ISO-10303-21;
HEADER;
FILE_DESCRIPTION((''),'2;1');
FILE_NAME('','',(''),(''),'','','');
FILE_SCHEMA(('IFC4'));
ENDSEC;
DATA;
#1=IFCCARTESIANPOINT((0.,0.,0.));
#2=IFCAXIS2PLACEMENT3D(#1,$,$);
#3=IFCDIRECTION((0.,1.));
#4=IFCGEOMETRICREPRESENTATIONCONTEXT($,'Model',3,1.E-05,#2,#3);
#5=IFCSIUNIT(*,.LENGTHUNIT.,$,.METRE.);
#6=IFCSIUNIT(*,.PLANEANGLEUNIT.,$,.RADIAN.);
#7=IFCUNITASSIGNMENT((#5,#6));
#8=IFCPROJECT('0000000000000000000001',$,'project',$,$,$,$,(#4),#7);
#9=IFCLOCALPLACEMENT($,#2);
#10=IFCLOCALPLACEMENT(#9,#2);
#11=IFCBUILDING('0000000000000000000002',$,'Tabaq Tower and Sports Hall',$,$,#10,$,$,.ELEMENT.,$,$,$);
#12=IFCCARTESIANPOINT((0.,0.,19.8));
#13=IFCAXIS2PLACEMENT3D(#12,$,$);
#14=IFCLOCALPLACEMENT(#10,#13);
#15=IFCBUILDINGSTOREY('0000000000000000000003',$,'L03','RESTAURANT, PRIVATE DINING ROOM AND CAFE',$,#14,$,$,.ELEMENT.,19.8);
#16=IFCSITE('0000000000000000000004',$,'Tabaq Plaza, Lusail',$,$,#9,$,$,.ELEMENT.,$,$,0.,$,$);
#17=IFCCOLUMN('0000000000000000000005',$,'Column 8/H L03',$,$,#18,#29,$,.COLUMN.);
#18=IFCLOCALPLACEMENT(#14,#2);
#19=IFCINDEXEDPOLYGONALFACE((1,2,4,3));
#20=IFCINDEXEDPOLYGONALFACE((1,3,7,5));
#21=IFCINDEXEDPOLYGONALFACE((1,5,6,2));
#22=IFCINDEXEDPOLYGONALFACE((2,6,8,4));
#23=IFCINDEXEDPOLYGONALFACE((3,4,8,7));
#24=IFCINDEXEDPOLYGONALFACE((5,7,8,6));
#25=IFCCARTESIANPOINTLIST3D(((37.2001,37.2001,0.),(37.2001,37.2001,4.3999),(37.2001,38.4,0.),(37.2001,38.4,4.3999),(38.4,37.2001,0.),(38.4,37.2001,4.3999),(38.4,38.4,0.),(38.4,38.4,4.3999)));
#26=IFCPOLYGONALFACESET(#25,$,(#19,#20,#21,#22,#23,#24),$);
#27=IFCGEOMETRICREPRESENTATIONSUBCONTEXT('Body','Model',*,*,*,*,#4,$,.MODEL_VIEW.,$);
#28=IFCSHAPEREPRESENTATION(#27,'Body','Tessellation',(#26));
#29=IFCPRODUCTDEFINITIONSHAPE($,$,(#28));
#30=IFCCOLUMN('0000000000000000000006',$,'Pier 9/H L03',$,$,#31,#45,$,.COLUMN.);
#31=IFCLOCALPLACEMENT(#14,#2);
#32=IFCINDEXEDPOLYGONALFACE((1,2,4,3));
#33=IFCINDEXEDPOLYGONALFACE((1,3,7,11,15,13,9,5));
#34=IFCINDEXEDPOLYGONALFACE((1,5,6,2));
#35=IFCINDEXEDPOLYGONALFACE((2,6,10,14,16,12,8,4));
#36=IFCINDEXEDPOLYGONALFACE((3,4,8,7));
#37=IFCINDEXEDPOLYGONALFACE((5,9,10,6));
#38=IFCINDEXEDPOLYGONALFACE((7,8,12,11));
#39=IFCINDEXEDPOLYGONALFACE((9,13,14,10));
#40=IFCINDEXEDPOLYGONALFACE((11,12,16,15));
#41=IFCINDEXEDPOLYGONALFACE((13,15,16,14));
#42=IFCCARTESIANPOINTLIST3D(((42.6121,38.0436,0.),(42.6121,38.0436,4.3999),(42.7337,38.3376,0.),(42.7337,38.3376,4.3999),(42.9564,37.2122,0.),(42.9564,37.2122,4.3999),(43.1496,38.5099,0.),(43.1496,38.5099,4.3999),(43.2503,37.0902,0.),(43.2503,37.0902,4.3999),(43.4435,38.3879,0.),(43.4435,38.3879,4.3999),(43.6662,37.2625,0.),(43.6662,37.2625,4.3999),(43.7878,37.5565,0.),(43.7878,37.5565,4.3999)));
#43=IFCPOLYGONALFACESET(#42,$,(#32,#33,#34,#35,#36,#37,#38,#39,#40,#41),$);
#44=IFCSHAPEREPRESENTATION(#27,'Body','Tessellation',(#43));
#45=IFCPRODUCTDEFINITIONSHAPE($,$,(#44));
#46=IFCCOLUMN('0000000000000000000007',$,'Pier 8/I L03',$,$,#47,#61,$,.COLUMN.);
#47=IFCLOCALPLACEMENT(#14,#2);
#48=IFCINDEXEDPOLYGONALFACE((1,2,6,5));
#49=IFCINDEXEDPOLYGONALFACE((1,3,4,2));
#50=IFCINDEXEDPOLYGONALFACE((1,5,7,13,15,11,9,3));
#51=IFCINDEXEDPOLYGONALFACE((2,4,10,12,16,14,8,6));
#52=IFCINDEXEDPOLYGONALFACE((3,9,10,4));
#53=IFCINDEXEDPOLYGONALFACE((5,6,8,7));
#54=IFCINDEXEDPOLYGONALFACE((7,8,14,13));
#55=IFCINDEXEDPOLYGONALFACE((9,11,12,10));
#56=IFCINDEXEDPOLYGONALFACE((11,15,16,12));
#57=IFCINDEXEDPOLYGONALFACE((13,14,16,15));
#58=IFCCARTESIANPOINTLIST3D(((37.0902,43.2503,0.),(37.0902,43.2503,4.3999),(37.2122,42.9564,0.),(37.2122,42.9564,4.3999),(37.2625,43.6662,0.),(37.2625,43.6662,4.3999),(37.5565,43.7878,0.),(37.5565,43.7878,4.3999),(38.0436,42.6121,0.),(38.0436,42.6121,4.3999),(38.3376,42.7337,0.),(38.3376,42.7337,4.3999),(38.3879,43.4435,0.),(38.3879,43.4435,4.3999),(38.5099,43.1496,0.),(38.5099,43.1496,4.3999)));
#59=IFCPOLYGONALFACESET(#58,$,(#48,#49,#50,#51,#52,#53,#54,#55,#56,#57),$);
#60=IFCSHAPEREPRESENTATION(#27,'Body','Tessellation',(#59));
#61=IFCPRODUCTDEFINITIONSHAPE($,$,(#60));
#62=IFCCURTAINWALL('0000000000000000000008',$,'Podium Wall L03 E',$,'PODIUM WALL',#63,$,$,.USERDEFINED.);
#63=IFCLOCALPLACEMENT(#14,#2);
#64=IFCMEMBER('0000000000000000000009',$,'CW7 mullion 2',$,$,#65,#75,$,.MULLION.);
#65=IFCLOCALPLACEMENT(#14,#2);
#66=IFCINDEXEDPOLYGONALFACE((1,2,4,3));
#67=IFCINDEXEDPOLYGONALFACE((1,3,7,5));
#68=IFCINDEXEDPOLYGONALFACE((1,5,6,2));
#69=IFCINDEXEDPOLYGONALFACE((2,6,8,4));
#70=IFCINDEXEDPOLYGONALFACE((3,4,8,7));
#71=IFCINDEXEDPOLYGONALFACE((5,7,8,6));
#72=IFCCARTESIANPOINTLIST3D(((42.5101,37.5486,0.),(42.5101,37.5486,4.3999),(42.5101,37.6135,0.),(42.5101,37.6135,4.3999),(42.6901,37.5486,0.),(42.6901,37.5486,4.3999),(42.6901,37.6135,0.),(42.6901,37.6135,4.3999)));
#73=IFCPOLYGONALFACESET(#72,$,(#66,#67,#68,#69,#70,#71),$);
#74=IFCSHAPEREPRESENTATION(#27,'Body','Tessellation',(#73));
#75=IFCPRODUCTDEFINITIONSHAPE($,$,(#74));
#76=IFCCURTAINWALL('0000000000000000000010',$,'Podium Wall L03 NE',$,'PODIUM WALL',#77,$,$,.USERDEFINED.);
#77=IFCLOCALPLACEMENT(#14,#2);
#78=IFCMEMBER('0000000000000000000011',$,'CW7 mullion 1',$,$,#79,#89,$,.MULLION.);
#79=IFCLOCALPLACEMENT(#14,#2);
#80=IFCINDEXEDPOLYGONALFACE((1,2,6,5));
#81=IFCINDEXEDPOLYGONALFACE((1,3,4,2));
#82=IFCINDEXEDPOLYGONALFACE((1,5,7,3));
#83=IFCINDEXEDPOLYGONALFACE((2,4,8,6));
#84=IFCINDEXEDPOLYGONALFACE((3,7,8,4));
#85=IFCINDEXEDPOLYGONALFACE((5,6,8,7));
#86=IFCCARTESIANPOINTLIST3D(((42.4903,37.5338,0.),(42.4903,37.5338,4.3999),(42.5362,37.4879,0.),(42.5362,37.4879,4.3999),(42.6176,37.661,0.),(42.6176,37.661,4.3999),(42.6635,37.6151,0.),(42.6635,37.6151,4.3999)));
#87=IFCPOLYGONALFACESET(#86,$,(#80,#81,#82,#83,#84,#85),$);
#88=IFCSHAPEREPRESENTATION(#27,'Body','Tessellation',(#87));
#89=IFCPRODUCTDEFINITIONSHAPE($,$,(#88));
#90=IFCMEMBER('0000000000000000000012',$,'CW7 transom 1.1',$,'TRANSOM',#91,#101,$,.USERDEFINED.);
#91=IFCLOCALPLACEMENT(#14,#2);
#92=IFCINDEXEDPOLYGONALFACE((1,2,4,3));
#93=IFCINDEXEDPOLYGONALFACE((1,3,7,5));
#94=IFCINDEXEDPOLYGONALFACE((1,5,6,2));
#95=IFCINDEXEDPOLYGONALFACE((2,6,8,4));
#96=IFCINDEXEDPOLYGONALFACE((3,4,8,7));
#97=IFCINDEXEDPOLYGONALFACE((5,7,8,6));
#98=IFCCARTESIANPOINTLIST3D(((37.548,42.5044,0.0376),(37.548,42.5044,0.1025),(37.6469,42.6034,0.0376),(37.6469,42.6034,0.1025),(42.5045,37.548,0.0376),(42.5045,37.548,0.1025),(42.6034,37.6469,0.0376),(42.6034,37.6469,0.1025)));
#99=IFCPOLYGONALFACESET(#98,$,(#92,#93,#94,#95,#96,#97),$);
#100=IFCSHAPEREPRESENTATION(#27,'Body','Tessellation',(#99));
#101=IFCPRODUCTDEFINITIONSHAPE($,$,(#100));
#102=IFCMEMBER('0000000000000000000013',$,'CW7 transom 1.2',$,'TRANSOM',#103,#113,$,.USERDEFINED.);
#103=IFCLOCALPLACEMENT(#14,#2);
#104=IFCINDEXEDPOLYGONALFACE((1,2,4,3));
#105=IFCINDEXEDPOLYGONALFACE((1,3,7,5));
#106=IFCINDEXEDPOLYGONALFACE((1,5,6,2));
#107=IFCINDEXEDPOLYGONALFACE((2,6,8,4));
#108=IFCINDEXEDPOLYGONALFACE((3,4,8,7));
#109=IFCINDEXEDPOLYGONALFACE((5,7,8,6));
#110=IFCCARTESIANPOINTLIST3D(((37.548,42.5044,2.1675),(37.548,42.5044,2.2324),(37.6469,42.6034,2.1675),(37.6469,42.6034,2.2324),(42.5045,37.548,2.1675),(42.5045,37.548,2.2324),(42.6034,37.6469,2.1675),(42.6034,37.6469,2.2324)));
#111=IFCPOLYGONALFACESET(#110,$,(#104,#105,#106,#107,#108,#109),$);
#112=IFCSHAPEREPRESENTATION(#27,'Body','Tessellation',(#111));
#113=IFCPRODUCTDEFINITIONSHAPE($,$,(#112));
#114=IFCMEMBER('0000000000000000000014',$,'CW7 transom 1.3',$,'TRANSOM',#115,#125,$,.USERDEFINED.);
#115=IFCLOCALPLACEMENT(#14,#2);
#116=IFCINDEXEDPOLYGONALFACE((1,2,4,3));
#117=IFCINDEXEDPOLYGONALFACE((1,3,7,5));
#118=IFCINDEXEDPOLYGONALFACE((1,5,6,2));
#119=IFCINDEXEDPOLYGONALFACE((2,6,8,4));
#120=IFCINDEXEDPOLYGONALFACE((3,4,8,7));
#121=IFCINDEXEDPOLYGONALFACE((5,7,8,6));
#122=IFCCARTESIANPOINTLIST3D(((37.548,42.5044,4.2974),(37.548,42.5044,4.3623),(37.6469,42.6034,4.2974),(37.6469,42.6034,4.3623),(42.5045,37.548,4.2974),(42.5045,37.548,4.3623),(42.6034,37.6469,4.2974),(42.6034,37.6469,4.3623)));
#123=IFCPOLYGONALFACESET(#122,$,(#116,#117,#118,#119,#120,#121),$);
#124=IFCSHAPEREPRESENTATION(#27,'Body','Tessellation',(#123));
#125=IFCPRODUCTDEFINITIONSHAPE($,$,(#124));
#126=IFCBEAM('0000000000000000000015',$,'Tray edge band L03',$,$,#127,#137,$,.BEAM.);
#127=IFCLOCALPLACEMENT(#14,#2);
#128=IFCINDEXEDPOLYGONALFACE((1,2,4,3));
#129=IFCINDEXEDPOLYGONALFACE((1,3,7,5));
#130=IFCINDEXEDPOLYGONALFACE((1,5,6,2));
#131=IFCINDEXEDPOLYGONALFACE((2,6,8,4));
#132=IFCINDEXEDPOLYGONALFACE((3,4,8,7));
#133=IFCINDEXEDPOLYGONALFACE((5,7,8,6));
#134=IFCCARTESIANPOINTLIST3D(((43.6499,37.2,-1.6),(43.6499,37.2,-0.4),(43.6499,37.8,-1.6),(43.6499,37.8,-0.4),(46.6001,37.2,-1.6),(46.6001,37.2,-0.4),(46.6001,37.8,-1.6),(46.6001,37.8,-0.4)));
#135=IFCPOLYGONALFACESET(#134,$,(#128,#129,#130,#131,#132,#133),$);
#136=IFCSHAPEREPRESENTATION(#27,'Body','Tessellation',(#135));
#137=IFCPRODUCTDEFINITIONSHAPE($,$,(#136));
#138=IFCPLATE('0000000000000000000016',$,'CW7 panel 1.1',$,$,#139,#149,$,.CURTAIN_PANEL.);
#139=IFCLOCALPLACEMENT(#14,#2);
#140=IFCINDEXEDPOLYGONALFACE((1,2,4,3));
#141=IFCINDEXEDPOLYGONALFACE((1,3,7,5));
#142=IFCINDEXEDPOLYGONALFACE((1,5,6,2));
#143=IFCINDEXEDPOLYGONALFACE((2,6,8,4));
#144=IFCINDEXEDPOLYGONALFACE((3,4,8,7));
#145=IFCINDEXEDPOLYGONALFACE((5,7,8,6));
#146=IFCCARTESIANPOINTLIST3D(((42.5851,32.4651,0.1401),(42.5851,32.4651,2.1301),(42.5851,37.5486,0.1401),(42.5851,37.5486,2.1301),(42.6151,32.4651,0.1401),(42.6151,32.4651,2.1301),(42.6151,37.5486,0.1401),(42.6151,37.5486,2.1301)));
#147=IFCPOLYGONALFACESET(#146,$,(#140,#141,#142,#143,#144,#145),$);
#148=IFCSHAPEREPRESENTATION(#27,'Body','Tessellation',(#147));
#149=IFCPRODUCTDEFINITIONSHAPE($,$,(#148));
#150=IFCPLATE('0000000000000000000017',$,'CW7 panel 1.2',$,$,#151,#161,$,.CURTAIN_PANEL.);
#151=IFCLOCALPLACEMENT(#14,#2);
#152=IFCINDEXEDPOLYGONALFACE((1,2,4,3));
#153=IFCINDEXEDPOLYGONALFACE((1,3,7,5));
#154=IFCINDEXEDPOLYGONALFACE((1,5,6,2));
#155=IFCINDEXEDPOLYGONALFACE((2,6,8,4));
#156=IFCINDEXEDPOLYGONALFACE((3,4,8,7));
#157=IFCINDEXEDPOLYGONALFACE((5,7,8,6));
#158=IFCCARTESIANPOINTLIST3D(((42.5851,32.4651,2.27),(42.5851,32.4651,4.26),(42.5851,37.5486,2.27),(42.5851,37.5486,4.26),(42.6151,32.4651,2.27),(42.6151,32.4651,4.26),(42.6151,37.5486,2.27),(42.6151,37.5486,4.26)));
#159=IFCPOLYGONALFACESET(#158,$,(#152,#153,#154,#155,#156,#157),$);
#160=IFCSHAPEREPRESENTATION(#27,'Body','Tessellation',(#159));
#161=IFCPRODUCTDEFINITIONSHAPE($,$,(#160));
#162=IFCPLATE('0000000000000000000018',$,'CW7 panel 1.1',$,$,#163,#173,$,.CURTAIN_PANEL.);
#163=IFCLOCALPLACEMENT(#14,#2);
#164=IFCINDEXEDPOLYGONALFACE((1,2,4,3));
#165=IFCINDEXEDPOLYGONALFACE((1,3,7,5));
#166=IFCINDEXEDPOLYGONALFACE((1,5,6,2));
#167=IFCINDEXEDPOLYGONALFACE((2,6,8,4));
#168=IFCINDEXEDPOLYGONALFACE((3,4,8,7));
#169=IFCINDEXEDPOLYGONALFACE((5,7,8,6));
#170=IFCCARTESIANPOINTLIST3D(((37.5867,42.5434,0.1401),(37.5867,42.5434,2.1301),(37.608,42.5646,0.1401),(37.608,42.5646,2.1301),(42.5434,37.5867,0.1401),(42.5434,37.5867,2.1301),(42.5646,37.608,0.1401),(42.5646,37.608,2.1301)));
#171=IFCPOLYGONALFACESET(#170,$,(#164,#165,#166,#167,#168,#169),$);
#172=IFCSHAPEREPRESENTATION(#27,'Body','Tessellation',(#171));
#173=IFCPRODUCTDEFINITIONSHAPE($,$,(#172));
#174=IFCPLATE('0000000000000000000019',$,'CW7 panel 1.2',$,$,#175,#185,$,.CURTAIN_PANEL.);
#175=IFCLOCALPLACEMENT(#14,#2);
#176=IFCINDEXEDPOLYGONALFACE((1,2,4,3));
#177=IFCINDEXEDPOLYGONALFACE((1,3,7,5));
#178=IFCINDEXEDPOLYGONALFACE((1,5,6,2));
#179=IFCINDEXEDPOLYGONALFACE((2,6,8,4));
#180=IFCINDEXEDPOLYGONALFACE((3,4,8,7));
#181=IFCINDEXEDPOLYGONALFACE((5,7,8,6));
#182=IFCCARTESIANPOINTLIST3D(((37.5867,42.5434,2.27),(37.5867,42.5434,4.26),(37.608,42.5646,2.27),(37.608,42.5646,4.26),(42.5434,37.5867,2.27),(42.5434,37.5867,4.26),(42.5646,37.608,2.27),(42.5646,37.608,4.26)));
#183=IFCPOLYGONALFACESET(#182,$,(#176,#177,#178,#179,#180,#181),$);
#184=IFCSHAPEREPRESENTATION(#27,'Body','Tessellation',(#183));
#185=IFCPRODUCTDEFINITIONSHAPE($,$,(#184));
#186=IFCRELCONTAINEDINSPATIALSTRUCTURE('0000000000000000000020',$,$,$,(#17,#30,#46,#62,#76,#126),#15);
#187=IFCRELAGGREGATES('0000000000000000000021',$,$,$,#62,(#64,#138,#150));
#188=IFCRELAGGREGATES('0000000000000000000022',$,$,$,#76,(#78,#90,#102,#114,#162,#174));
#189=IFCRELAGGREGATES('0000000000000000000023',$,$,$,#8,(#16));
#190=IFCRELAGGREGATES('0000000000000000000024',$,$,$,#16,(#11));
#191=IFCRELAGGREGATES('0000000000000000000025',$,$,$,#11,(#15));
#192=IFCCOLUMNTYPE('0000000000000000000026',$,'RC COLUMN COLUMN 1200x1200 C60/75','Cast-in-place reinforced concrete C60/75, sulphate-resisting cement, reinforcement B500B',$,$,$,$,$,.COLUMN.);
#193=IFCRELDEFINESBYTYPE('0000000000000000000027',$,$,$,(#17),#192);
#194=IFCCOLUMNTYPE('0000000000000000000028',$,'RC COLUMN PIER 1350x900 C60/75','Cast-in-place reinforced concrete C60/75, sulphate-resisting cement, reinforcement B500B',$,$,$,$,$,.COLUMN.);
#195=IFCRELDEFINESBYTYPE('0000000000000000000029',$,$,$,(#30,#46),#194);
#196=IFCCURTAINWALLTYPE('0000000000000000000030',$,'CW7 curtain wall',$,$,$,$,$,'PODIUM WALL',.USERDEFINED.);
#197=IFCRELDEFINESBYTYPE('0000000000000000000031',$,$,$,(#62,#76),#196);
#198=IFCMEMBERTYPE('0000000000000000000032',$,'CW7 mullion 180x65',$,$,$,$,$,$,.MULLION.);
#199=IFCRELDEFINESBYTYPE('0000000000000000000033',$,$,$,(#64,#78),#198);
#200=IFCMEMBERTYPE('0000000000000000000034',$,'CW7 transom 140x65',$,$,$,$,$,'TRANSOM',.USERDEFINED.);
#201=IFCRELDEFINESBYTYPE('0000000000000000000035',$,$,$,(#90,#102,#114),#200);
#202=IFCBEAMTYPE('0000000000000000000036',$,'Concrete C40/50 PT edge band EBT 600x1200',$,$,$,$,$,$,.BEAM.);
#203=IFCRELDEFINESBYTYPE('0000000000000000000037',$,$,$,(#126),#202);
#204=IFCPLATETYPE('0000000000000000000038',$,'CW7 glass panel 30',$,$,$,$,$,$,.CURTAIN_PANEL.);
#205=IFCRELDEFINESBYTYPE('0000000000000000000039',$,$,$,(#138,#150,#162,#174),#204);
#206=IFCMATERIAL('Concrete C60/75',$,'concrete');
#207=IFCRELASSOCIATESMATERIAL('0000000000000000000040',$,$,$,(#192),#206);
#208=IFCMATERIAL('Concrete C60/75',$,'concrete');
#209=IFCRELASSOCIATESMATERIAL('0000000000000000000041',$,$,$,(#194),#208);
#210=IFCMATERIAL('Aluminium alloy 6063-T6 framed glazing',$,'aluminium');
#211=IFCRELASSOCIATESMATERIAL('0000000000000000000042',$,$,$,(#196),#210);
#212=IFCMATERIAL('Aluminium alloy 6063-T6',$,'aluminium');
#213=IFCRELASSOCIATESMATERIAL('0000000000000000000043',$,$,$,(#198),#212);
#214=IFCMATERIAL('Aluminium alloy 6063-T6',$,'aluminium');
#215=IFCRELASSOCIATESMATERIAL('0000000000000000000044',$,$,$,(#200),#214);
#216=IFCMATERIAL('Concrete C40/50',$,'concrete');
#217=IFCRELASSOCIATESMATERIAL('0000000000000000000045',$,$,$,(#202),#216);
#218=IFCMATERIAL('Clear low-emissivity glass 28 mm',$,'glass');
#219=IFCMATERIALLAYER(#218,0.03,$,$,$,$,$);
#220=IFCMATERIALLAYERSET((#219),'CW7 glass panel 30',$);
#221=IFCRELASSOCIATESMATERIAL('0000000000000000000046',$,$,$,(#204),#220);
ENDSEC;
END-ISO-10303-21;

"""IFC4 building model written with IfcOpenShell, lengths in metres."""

from ifc_helpers import new_model, si_unit, direction, frame, origin, origin_2d, place, context, subcontext, project, spatial, polyline, rectangle, outline, extrude, material, layer, layer_set, material_profile, profile_set, type_object, element, aggregate, save


model = new_model("IFC4")

# Units and contexts
model_context = context("Model", 3, precision=1e-05, world=origin(), true_north=direction((0.0, 1.0)))
body_context = subcontext(model_context, "Body", "Model", "MODEL_VIEW")
ifc_project = project(units=[si_unit("LENGTHUNIT", "METRE"), si_unit("PLANEANGLEUNIT", "RADIAN")], contexts=[model_context])

# Site, building, storey
site_placement = place(None, origin())
site = spatial("IfcSite", under=ifc_project, at=site_placement, Name="Tabaq Plaza, Lusail", CompositionType="ELEMENT", RefElevation=0.0)
building_placement = place(site_placement, origin())
building = spatial("IfcBuilding", under=site, at=building_placement, Name="Tabaq Tower and Sports Hall", CompositionType="ELEMENT")
storey_placement = place(building_placement, frame((0.0, 0.0, 19.8)))
storey = spatial("IfcBuildingStorey", under=building, at=storey_placement, Name="L03", Description="RESTAURANT, PRIVATE DINING ROOM AND CAFE", CompositionType="ELEMENT", Elevation=19.8)

# Columns
ifc_material_1 = material(Name="Concrete C60/75", Category="concrete")
ifc_material_profile_1 = material_profile(ifc_material_1, rectangle(XDim=1.2, YDim=1.2, at=origin_2d()), Name="COLUMN 1200x1200")
ifc_profile_set_1 = profile_set([ifc_material_profile_1], Name="Concrete C60/75")
column_type_1 = type_object("IfcColumnType", Name="RC COLUMN COLUMN 1200x1200 C60/75", Description="Cast-in-place reinforced concrete C60/75, sulphate-resisting cement, reinforcement B500B", PredefinedType="COLUMN", material=ifc_profile_set_1)
column_placement = place(storey_placement, frame((37.8, 37.8, 0.0), z_axis=(0.0, 0.0, 1.0), x_axis=(1.0, 0.0, 0.0)))
element("IfcColumn", 1, at=column_placement, inside=storey, type_object=column_type_1, Name="Column 8/H L03", PredefinedType="COLUMN", context=body_context, shape_type="SweptSolid", body=[
    extrude(rectangle(XDim=1.2, YDim=1.2, at=origin_2d()), origin(), (0.0, 0.0, 1.0), 4.3999),
])
ifc_material_2 = material(Name="Concrete C60/75", Category="concrete")
ifc_material_profile_2 = material_profile(ifc_material_2, outline(polyline([(-0.45, -0.45), (0.45, -0.45), (0.675, -0.2251), (0.675, 0.2251), (0.45, 0.45), (-0.45, 0.45), (-0.675, 0.2251), (-0.675, -0.2251), (-0.45, -0.45)])), Name="PIER 1350x900")
ifc_profile_set_2 = profile_set([ifc_material_profile_2], Name="Concrete C60/75")
column_type_2 = type_object("IfcColumnType", Name="RC COLUMN PIER 1350x900 C60/75", Description="Cast-in-place reinforced concrete C60/75, sulphate-resisting cement, reinforcement B500B", PredefinedType="COLUMN", material=ifc_profile_set_2)
for number, where, z_axis, x_axis, name in (
    (2, (43.2, 37.8, 0.0), (0.0, 0.0, 1.0), (-0.382683, 0.92388, 0.0), "Pier 9/H L03"),
    (3, (37.8, 43.2, 0.0), (0.0, 0.0, 1.0), (-0.92388, 0.382683, 0.0), "Pier 8/I L03"),
):
    element("IfcColumn", number, at=place(storey_placement, frame(where, z_axis=z_axis, x_axis=x_axis)), inside=storey, type_object=column_type_2, Name=name, PredefinedType="COLUMN", context=body_context, shape_type="SweptSolid", body=[
        extrude(outline(polyline([(-0.45, -0.45), (0.45, -0.45), (0.675, -0.2251), (0.675, 0.2251), (0.45, 0.45), (-0.45, 0.45), (-0.675, 0.2251), (-0.675, -0.2251), (-0.45, -0.45)])), origin(), (0.0, 0.0, 1.0), 4.3999),
    ])

# Curtain wall, member
ifc_material_3 = material(Name="Aluminium alloy 6063-T6 framed glazing", Category="aluminium")
curtain_wall_type = type_object("IfcCurtainWallType", Name="CW7 curtain wall", ElementType="PODIUM WALL", PredefinedType="USERDEFINED", material=ifc_material_3)
curtain_wall_1_placement = place(storey_placement, origin())
curtain_wall_1 = element("IfcCurtainWall", 4, at=curtain_wall_1_placement, inside=storey, type_object=curtain_wall_type, Name="Podium Wall L03 E", ObjectType="PODIUM WALL", PredefinedType="USERDEFINED")
ifc_material_4 = material(Name="Aluminium alloy 6063-T6", Category="aluminium")
ifc_material_profile_3 = material_profile(ifc_material_4, rectangle(XDim=0.1799, YDim=0.0649, at=origin_2d()), Name="MULLION 180x65")
ifc_profile_set_3 = profile_set([ifc_material_profile_3], Name="Aluminium alloy 6063-T6")
member_type_1 = type_object("IfcMemberType", Name="CW7 mullion 180x65", PredefinedType="MULLION", material=ifc_profile_set_3)
member_1_placement = place(storey_placement, frame((42.6001, 37.5811, 0.0), z_axis=(0.0, 0.0, 1.0), x_axis=(-1.0, 0.0, 0.0)))
member_1 = element("IfcMember", 5, at=member_1_placement, type_object=member_type_1, Name="CW7 mullion 2", PredefinedType="MULLION", context=body_context, shape_type="SweptSolid", body=[
    extrude(rectangle(XDim=0.1799, YDim=0.0649, at=origin_2d()), origin(), (0.0, 0.0, 1.0), 4.3999),
])

# Curtain wall, members
curtain_wall_2_placement = place(storey_placement, origin())
curtain_wall_2 = element("IfcCurtainWall", 6, at=curtain_wall_2_placement, inside=storey, type_object=curtain_wall_type, Name="Podium Wall L03 NE", ObjectType="PODIUM WALL", PredefinedType="USERDEFINED")
member_2_placement = place(storey_placement, frame((42.5769, 37.5745, 0.0), z_axis=(0.0, 0.0, 1.0), x_axis=(-0.707107, -0.707107, 0.0)))
member_2 = element("IfcMember", 7, at=member_2_placement, type_object=member_type_1, Name="CW7 mullion 1", PredefinedType="MULLION", context=body_context, shape_type="SweptSolid", body=[
    extrude(rectangle(XDim=0.1799, YDim=0.0649, at=origin_2d()), origin(), (0.0, 0.0, 1.0), 4.3999),
])
ifc_material_5 = material(Name="Aluminium alloy 6063-T6", Category="aluminium")
ifc_material_profile_4 = material_profile(ifc_material_5, rectangle(XDim=0.1399, YDim=0.0649, at=origin_2d()), Name="TRANSOM 140x65")
ifc_profile_set_4 = profile_set([ifc_material_profile_4], Name="Aluminium alloy 6063-T6")
member_type_2 = type_object("IfcMemberType", Name="CW7 transom 140x65", ElementType="TRANSOM", PredefinedType="USERDEFINED", material=ifc_profile_set_4)
member_3_placement = place(storey_placement, frame((42.554, 37.5974, 0.0701), z_axis=(-0.707107, 0.707107, 0.0), x_axis=(-0.707107, -0.707107, 0.0)))
member_3 = element("IfcMember", 8, at=member_3_placement, type_object=member_type_2, Name="CW7 transom 1.1", ObjectType="TRANSOM", PredefinedType="USERDEFINED", context=body_context, shape_type="SweptSolid", body=[
    extrude(rectangle(XDim=0.1399, YDim=0.0649, at=origin_2d()), origin(), (0.0, 0.0, 1.0), 7.0095),
])
member_4_placement = place(storey_placement, frame((42.554, 37.5974, 2.2), z_axis=(-0.707107, 0.707107, 0.0), x_axis=(-0.707107, -0.707107, 0.0)))
member_4 = element("IfcMember", 9, at=member_4_placement, type_object=member_type_2, Name="CW7 transom 1.2", ObjectType="TRANSOM", PredefinedType="USERDEFINED", context=body_context, shape_type="SweptSolid", body=[
    extrude(rectangle(XDim=0.1399, YDim=0.0649, at=origin_2d()), origin(), (0.0, 0.0, 1.0), 7.0095),
])
member_5_placement = place(storey_placement, frame((42.554, 37.5974, 4.3298), z_axis=(-0.707107, 0.707107, 0.0), x_axis=(-0.707107, -0.707107, 0.0)))
member_5 = element("IfcMember", 10, at=member_5_placement, type_object=member_type_2, Name="CW7 transom 1.3", ObjectType="TRANSOM", PredefinedType="USERDEFINED", context=body_context, shape_type="SweptSolid", body=[
    extrude(rectangle(XDim=0.1399, YDim=0.0649, at=origin_2d()), origin(), (0.0, 0.0, 1.0), 7.0095),
])

# Beam
ifc_material_6 = material(Name="Concrete C40/50", Category="concrete")
ifc_material_profile_5 = material_profile(ifc_material_6, rectangle(XDim=0.6001, YDim=1.2, at=origin_2d()), Name="EBT 600x1200")
ifc_profile_set_5 = profile_set([ifc_material_profile_5], Name="Concrete C40/50")
beam_type = type_object("IfcBeamType", Name="Concrete C40/50 PT edge band EBT 600x1200", PredefinedType="BEAM", material=ifc_profile_set_5)
beam_placement = place(storey_placement, frame((43.6499, 37.5, -1.0), z_axis=(1.0, 0.0, 0.0), x_axis=(0.0, 1.0, 0.0)))
element("IfcBeam", 11, at=beam_placement, inside=storey, type_object=beam_type, Name="Tray edge band L03", PredefinedType="BEAM", context=body_context, shape_type="SweptSolid", body=[
    extrude(rectangle(XDim=0.6001, YDim=1.2, at=origin_2d()), origin(), (0.0, 0.0, 1.0), 2.9502),
])

# Plates
ifc_material_7 = material(Name="Clear low-emissivity glass 28 mm", Category="glass")
ifc_layer_1 = layer(ifc_material_7, 0.03)
ifc_layer_set_1 = layer_set([ifc_layer_1], Name="CW7 glass panel 30")
plate_type = type_object("IfcPlateType", Name="CW7 glass panel 30", PredefinedType="CURTAIN_PANEL", material=ifc_layer_set_1)
plate_1_placement = place(storey_placement, frame((42.6001, 35.0068, 0.1401), z_axis=(0.0, 0.0, 1.0), x_axis=(0.0, 1.0, 0.0)))
plate_1 = element("IfcPlate", 12, at=plate_1_placement, type_object=plate_type, Name="CW7 panel 1.1", PredefinedType="CURTAIN_PANEL", context=body_context, shape_type="SweptSolid", body=[
    extrude(rectangle(XDim=5.0835, YDim=0.03, at=origin_2d()), origin(), (0.0, 0.0, 1.0), 1.99),
])
plate_2_placement = place(storey_placement, frame((42.6001, 35.0068, 2.27), z_axis=(0.0, 0.0, 1.0), x_axis=(0.0, 1.0, 0.0)))
plate_2 = element("IfcPlate", 13, at=plate_2_placement, type_object=plate_type, Name="CW7 panel 1.2", PredefinedType="CURTAIN_PANEL", context=body_context, shape_type="SweptSolid", body=[
    extrude(rectangle(XDim=5.0835, YDim=0.03, at=origin_2d()), origin(), (0.0, 0.0, 1.0), 1.99),
])
aggregate(curtain_wall_1, [member_1, plate_1, plate_2])
plate_3_placement = place(storey_placement, frame((40.0757, 40.0757, 0.1401), z_axis=(0.0, 0.0, 1.0), x_axis=(-0.707107, 0.707107, 0.0)))
plate_3 = element("IfcPlate", 14, at=plate_3_placement, type_object=plate_type, Name="CW7 panel 1.1", PredefinedType="CURTAIN_PANEL", context=body_context, shape_type="SweptSolid", body=[
    extrude(rectangle(XDim=7.0098, YDim=0.03, at=origin_2d()), origin(), (0.0, 0.0, 1.0), 1.99),
])
plate_4_placement = place(storey_placement, frame((40.0757, 40.0757, 2.27), z_axis=(0.0, 0.0, 1.0), x_axis=(-0.707107, 0.707107, 0.0)))
plate_4 = element("IfcPlate", 15, at=plate_4_placement, type_object=plate_type, Name="CW7 panel 1.2", PredefinedType="CURTAIN_PANEL", context=body_context, shape_type="SweptSolid", body=[
    extrude(rectangle(XDim=7.0098, YDim=0.03, at=origin_2d()), origin(), (0.0, 0.0, 1.0), 1.99),
])
aggregate(curtain_wall_2, [member_2, member_3, member_4, member_5, plate_3, plate_4])

save(model, "model.ifc")
